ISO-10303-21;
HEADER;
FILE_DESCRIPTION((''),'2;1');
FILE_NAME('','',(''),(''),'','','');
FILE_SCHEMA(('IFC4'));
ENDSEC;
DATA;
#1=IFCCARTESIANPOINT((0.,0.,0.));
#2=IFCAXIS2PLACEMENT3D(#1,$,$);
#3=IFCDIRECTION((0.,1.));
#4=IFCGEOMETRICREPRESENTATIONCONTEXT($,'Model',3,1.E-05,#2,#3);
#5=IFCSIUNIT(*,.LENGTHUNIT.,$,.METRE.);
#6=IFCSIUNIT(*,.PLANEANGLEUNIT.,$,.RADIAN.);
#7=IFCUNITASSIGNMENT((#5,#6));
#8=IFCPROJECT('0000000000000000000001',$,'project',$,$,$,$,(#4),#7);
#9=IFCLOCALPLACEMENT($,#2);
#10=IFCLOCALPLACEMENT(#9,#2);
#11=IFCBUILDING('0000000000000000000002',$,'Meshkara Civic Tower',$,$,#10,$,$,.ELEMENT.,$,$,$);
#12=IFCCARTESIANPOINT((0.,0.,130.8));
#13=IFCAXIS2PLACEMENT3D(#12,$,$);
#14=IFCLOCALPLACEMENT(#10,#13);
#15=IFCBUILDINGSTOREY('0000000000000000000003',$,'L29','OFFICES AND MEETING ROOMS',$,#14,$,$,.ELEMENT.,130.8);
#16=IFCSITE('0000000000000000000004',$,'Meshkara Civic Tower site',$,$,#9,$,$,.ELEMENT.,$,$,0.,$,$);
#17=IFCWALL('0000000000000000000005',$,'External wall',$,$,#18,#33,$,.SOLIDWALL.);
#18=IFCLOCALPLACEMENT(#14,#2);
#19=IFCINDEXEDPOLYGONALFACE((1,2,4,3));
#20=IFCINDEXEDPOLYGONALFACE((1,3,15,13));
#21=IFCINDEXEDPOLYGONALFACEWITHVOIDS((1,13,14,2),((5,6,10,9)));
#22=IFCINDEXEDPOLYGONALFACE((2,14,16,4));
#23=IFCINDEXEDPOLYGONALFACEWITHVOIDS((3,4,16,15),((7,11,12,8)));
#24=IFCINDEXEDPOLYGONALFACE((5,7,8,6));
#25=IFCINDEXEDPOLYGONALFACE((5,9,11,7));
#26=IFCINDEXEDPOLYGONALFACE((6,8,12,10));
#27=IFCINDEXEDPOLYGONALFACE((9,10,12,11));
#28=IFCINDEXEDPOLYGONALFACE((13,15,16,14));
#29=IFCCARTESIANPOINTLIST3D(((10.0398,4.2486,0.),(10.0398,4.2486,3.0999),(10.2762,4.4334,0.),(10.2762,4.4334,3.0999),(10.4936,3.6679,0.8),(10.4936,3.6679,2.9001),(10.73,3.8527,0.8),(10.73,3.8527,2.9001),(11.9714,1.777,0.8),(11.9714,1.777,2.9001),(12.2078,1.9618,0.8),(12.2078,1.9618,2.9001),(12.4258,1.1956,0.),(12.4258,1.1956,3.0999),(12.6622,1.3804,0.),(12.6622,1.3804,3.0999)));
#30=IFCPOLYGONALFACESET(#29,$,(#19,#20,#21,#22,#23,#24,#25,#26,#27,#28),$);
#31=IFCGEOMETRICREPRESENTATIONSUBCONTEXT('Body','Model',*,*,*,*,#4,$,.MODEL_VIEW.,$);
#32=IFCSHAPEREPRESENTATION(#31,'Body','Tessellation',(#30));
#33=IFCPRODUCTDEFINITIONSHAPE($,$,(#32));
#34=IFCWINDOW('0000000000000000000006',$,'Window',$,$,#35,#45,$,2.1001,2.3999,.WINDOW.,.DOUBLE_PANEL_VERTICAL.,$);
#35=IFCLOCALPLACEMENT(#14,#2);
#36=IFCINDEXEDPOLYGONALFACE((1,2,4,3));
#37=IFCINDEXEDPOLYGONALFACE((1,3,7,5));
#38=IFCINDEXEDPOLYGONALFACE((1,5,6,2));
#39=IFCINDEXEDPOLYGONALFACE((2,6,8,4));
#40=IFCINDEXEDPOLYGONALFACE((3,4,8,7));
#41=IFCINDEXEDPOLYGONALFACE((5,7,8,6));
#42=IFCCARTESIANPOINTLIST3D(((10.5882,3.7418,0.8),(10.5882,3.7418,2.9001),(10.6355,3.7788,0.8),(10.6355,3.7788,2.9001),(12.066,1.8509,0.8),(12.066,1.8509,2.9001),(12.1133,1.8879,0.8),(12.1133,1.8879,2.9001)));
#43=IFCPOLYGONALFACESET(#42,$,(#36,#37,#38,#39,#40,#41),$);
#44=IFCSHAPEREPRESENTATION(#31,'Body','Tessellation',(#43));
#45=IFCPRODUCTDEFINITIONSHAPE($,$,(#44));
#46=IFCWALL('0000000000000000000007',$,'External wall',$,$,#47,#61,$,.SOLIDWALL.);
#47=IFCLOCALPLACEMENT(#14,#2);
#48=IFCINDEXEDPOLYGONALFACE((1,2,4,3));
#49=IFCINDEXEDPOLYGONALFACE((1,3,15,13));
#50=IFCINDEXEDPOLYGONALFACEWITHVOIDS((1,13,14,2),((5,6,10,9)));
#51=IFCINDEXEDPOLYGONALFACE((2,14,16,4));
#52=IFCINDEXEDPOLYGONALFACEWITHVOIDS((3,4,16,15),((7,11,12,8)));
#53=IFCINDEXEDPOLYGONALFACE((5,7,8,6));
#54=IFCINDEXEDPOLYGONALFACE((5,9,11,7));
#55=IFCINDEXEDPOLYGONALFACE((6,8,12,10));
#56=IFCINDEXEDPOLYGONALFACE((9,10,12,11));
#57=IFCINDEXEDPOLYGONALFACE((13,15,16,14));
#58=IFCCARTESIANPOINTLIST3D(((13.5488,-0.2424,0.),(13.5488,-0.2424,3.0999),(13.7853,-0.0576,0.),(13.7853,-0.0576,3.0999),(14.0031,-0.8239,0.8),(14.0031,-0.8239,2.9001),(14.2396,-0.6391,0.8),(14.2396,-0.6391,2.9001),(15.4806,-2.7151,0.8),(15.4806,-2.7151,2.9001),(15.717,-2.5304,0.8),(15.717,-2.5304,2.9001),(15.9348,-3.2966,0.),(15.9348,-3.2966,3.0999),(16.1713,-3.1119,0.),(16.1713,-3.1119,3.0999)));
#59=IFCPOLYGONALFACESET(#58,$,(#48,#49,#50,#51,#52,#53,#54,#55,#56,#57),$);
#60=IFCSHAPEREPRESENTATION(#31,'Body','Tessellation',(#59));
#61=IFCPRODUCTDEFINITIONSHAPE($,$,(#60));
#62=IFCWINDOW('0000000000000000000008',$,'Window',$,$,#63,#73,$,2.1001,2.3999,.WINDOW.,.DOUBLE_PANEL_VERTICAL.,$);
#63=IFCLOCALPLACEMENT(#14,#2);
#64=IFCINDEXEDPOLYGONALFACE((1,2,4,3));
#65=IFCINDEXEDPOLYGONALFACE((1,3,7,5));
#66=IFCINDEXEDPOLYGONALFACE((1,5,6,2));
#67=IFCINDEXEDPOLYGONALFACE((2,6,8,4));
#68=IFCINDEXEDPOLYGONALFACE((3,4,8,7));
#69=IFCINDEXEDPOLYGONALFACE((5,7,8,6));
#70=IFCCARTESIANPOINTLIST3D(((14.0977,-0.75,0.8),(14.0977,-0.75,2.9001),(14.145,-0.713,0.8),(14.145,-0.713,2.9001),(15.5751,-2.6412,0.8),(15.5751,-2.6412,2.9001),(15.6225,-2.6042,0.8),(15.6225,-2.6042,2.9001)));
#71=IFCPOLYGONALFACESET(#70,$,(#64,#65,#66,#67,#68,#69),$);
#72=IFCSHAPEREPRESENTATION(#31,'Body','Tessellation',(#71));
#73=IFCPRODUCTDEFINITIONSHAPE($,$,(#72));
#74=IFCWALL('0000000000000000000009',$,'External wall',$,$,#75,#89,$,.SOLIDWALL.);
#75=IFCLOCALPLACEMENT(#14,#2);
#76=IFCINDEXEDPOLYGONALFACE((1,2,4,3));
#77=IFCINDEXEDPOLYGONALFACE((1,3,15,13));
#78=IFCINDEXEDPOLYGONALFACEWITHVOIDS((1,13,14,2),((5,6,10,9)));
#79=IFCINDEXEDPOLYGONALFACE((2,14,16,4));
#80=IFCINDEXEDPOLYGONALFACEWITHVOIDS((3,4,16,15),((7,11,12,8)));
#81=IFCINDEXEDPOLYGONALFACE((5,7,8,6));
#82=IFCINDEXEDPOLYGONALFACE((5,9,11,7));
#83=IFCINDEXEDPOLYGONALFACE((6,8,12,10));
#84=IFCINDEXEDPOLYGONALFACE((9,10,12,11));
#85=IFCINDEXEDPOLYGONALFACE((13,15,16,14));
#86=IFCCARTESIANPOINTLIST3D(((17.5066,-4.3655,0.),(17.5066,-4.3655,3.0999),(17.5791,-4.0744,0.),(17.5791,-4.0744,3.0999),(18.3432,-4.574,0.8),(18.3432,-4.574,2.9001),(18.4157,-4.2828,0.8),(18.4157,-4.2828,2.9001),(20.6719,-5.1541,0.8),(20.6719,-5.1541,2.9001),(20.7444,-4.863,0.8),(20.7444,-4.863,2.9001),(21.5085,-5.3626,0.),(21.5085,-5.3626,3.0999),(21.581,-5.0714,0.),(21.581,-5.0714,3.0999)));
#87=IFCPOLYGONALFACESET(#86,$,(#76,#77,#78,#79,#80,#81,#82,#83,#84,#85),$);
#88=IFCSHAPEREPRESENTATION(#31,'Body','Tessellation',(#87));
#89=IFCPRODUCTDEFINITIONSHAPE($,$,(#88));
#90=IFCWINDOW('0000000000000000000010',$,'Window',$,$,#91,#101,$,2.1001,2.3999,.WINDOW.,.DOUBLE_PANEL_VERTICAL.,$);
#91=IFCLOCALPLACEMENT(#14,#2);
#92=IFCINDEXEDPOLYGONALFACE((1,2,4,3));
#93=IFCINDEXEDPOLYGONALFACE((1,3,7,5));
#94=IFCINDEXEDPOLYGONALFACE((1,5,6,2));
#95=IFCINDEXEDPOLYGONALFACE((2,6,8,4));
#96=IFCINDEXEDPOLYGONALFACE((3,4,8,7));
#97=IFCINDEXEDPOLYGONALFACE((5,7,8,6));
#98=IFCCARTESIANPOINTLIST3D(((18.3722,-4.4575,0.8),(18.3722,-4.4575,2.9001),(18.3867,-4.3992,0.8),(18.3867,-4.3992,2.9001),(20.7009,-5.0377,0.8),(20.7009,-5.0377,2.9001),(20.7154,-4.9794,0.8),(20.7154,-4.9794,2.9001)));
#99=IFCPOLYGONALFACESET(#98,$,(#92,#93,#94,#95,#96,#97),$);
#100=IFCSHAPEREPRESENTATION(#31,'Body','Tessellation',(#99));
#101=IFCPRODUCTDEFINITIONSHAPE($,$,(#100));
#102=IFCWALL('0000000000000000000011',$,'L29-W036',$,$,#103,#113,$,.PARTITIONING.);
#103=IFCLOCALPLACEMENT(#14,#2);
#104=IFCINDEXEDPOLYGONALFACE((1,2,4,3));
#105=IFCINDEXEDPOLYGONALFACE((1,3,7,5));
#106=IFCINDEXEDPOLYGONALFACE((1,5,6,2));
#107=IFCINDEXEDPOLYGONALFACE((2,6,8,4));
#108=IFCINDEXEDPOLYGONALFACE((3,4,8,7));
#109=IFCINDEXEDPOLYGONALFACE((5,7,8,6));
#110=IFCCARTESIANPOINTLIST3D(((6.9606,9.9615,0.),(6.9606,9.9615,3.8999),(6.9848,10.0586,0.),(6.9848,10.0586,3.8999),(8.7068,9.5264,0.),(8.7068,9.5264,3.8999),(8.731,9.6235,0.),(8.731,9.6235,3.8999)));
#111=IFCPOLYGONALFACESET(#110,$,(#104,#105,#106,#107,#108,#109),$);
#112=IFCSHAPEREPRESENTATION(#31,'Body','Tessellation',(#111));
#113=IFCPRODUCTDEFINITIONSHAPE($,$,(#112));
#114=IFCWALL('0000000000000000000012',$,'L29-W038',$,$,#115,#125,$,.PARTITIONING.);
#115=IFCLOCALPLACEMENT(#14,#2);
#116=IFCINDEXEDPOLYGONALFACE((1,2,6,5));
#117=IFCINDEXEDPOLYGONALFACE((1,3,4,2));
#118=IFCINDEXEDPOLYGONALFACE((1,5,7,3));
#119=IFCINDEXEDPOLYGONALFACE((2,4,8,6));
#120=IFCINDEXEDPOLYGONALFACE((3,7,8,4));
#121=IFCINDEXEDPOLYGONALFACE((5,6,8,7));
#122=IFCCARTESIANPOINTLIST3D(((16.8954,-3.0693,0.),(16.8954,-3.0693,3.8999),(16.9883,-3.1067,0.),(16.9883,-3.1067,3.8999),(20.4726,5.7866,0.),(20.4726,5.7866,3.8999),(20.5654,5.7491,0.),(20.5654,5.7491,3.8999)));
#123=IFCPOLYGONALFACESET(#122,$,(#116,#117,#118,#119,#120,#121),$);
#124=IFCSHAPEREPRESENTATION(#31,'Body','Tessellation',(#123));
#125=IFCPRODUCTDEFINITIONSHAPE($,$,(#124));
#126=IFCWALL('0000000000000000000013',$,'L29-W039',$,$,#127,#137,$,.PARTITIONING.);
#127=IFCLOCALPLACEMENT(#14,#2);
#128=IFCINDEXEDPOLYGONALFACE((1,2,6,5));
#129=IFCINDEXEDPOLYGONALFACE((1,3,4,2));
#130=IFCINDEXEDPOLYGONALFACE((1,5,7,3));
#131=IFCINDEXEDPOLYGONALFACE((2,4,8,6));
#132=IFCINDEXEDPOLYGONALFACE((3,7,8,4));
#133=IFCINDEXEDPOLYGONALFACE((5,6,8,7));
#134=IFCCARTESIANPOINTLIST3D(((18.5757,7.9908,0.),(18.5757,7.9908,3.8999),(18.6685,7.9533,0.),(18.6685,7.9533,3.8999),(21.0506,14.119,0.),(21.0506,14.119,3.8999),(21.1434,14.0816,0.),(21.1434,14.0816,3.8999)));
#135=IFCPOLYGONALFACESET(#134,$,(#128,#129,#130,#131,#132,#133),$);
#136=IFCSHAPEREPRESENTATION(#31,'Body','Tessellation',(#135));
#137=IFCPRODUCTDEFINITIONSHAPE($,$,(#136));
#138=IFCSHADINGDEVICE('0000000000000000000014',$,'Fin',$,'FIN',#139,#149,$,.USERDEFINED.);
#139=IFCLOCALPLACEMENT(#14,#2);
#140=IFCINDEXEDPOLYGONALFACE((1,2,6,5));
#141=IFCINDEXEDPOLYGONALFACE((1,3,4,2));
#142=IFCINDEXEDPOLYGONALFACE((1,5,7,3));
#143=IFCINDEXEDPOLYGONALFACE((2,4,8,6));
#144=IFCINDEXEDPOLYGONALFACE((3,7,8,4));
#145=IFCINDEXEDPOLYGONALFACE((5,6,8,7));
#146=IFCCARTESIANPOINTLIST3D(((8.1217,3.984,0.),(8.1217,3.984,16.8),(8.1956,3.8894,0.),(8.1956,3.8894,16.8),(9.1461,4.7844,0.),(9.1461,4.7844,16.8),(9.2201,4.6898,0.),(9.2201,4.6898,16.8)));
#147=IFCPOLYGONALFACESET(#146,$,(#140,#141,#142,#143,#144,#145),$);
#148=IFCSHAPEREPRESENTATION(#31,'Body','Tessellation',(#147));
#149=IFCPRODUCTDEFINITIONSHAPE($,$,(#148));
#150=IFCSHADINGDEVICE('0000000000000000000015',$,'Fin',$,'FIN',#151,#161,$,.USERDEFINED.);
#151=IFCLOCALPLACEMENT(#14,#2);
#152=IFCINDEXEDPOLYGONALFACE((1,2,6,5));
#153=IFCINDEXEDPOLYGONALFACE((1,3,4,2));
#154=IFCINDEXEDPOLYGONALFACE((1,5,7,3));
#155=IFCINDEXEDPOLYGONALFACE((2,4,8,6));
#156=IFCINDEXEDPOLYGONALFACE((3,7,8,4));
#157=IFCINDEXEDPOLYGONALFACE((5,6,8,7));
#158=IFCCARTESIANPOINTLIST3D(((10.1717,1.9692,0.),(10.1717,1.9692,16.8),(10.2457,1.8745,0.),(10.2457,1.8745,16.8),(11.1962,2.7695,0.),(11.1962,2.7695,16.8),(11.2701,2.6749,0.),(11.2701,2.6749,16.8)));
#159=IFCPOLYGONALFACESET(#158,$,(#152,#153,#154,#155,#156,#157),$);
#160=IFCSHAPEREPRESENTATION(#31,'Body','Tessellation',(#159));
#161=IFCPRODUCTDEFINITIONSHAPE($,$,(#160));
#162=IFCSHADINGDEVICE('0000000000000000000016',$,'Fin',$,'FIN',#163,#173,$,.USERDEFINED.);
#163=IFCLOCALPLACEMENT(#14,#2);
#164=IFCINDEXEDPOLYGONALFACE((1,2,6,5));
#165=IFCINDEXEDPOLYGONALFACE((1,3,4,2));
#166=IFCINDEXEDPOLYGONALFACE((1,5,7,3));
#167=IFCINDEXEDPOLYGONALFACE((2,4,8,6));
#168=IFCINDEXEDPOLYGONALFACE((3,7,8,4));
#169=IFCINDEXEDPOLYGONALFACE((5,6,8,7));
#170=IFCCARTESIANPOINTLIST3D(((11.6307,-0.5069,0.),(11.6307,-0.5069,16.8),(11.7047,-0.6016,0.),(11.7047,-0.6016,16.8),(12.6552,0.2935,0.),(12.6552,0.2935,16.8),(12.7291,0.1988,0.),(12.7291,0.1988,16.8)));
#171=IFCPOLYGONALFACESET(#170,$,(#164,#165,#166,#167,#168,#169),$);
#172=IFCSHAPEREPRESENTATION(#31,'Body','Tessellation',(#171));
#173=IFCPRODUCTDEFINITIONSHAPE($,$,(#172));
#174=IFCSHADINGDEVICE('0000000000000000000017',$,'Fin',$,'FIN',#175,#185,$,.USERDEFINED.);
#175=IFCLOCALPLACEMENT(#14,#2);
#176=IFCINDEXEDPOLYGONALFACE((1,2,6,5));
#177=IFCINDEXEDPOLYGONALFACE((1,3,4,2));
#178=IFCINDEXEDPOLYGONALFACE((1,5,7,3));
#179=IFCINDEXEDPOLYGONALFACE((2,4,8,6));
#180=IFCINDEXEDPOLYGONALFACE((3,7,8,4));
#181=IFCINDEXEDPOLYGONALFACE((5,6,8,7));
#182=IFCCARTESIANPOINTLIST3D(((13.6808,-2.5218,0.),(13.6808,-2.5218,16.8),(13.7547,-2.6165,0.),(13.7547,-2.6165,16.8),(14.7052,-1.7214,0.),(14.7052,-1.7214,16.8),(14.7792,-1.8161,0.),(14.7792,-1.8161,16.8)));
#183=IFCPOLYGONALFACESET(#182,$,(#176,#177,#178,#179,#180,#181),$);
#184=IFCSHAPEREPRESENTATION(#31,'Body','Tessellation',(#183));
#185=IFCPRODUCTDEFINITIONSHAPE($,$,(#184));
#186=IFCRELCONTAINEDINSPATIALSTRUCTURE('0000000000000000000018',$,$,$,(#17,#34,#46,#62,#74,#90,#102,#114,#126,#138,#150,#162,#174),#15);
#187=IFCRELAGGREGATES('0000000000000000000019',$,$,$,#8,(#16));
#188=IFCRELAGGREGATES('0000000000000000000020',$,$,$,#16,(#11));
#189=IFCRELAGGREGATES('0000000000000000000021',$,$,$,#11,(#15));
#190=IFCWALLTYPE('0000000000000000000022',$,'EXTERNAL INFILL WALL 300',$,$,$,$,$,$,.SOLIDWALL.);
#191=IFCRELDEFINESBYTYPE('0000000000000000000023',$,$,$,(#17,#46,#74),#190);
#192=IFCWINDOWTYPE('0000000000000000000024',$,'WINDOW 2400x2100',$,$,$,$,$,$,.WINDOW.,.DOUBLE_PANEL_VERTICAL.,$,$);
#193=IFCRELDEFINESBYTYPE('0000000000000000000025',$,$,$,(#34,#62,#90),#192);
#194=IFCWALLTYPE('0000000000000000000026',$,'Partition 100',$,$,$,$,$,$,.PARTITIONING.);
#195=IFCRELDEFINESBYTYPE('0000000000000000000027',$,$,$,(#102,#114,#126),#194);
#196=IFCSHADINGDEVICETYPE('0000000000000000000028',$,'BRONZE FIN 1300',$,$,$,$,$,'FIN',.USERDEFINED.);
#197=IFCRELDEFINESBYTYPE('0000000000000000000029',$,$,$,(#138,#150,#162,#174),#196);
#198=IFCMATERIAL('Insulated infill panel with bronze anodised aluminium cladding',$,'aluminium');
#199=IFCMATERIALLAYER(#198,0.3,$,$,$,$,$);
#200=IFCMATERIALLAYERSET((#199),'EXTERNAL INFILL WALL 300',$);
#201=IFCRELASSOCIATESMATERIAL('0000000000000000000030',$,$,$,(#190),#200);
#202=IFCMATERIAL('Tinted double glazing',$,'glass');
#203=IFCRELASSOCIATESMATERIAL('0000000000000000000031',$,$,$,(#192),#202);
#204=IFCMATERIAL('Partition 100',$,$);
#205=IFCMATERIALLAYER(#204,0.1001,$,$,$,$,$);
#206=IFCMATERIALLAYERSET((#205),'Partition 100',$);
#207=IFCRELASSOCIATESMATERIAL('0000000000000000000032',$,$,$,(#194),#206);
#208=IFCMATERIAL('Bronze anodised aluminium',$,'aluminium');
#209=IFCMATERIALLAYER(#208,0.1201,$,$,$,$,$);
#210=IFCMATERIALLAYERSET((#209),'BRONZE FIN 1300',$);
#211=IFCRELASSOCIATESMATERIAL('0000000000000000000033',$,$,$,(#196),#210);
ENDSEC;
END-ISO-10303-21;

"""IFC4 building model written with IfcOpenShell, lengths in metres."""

from ifc_helpers import new_model, si_unit, direction, frame, frame_2d, origin, origin_2d, place, context, subcontext, project, spatial, rectangle, extrude, material, layer, layer_set, type_object, element, fill, save


model = new_model("IFC4")

# Units and contexts
model_context = context("Model", 3, precision=1e-05, world=origin(), true_north=direction((0.0, 1.0)))
body_context = subcontext(model_context, "Body", "Model", "MODEL_VIEW")
ifc_project = project(units=[si_unit("LENGTHUNIT", "METRE"), si_unit("PLANEANGLEUNIT", "RADIAN")], contexts=[model_context])

# Site, building, storey
site_placement = place(None, origin())
site = spatial("IfcSite", under=ifc_project, at=site_placement, Name="Meshkara Civic Tower site", CompositionType="ELEMENT", RefElevation=0.0)
building_placement = place(site_placement, origin())
building = spatial("IfcBuilding", under=site, at=building_placement, Name="Meshkara Civic Tower", CompositionType="ELEMENT")
storey_placement = place(building_placement, frame((0.0, 0.0, 130.8)))
storey = spatial("IfcBuildingStorey", under=building, at=storey_placement, Name="L29", Description="OFFICES AND MEETING ROOMS", CompositionType="ELEMENT", Elevation=130.8)

# Walls, openings, windows
ifc_material_1 = material(Name="Insulated infill panel with bronze anodised aluminium cladding", Category="aluminium")
ifc_layer_1 = layer(ifc_material_1, 0.3)
ifc_layer_set_1 = layer_set([ifc_layer_1], Name="EXTERNAL INFILL WALL 300")
wall_type_1 = type_object("IfcWallType", Name="EXTERNAL INFILL WALL 300", PredefinedType="SOLIDWALL", material=ifc_layer_set_1)
wall_1_placement = place(storey_placement, frame((10.158, 4.3411, 0.0), z_axis=(0.0, 0.0, 1.0), x_axis=(0.61578, -0.787918, 0.0)))
wall_1 = element("IfcWall", 1, at=wall_1_placement, inside=storey, type_object=wall_type_1, Name="External wall", PredefinedType="SOLIDWALL", context=body_context, shape_type="SweptSolid", body=[
    extrude(rectangle(XDim=3.8748, YDim=0.3, at=frame_2d((1.9375, 0.0))), origin(), (0.0, 0.0, 1.0), 3.0999),
])
opening_1_placement = place(wall_1_placement, frame((0.7371, 0.0, 0.8)))
opening_1 = element("IfcOpeningElement", 2, at=opening_1_placement, cuts=wall_1, PredefinedType="OPENING", context=body_context, shape_type="SweptSolid", body=[
    extrude(rectangle(XDim=2.3999, YDim=2.1001, at=frame_2d((1.2, 1.05))), frame((0.0, 0.1599, 0.0), z_axis=(0.0, -1.0, 0.0), x_axis=(1.0, 0.0, 0.0)), (0.0, 0.0, 1.0), 0.3201),
])
ifc_material_2 = material(Name="Tinted double glazing", Category="glass")
window_type = type_object("IfcWindowType", Name="WINDOW 2400x2100", PartitioningType="DOUBLE_PANEL_VERTICAL", PredefinedType="WINDOW", material=ifc_material_2)
window_1_placement = place(opening_1_placement, origin())
window_1 = element("IfcWindow", 3, at=window_1_placement, inside=storey, type_object=window_type, Name="Window", OverallHeight=2.1001, OverallWidth=2.3999, PartitioningType="DOUBLE_PANEL_VERTICAL", PredefinedType="WINDOW", context=body_context, shape_type="SweptSolid", body=[
    extrude(rectangle(XDim=2.3999, YDim=2.1001, at=frame_2d((1.2, 1.05))), frame((0.0, 0.03, 0.0), z_axis=(0.0, -1.0, 0.0), x_axis=(1.0, 0.0, 0.0)), (0.0, 0.0, 1.0), 0.0601),
])
fill(opening_1, window_1)
wall_2_placement = place(storey_placement, frame((13.667, -0.1499, 0.0), z_axis=(0.0, 0.0, 1.0), x_axis=(0.615627, -0.788038, 0.0)))
wall_2 = element("IfcWall", 4, at=wall_2_placement, inside=storey, type_object=wall_type_1, Name="External wall", PredefinedType="SOLIDWALL", context=body_context, shape_type="SweptSolid", body=[
    extrude(rectangle(XDim=3.8757, YDim=0.3, at=frame_2d((1.938, 0.0))), origin(), (0.0, 0.0, 1.0), 3.0999),
])
opening_2_placement = place(wall_2_placement, frame((0.738, 0.0, 0.8)))
opening_2 = element("IfcOpeningElement", 5, at=opening_2_placement, cuts=wall_2, PredefinedType="OPENING", context=body_context, shape_type="SweptSolid", body=[
    extrude(rectangle(XDim=2.3999, YDim=2.1001, at=frame_2d((1.2, 1.05))), frame((0.0, 0.1599, 0.0), z_axis=(0.0, -1.0, 0.0), x_axis=(1.0, 0.0, 0.0)), (0.0, 0.0, 1.0), 0.3201),
])
window_2_placement = place(opening_2_placement, origin())
window_2 = element("IfcWindow", 6, at=window_2_placement, inside=storey, type_object=window_type, Name="Window", OverallHeight=2.1001, OverallWidth=2.3999, PartitioningType="DOUBLE_PANEL_VERTICAL", PredefinedType="WINDOW", context=body_context, shape_type="SweptSolid", body=[
    extrude(rectangle(XDim=2.3999, YDim=2.1001, at=frame_2d((1.2, 1.05))), frame((0.0, 0.03, 0.0), z_axis=(0.0, -1.0, 0.0), x_axis=(1.0, 0.0, 0.0)), (0.0, 0.0, 1.0), 0.0601),
])
fill(opening_2, window_2)
wall_3_placement = place(storey_placement, frame((17.543, -4.22, 0.0), z_axis=(0.0, 0.0, 1.0), x_axis=(0.970337, -0.241756, 0.0)))
wall_3 = element("IfcWall", 7, at=wall_3_placement, inside=storey, type_object=wall_type_1, Name="External wall", PredefinedType="SOLIDWALL", context=body_context, shape_type="SweptSolid", body=[
    extrude(rectangle(XDim=4.1243, YDim=0.3, at=frame_2d((2.062, 0.0))), origin(), (0.0, 0.0, 1.0), 3.0999),
])
opening_3_placement = place(wall_3_placement, frame((0.8621, 0.0, 0.8)))
opening_3 = element("IfcOpeningElement", 8, at=opening_3_placement, cuts=wall_3, PredefinedType="OPENING", context=body_context, shape_type="SweptSolid", body=[
    extrude(rectangle(XDim=2.3999, YDim=2.1001, at=frame_2d((1.2, 1.05))), frame((0.0, 0.1599, 0.0), z_axis=(0.0, -1.0, 0.0), x_axis=(1.0, 0.0, 0.0)), (0.0, 0.0, 1.0), 0.3201),
])
window_3_placement = place(opening_3_placement, origin())
window_3 = element("IfcWindow", 9, at=window_3_placement, inside=storey, type_object=window_type, Name="Window", OverallHeight=2.1001, OverallWidth=2.3999, PartitioningType="DOUBLE_PANEL_VERTICAL", PredefinedType="WINDOW", context=body_context, shape_type="SweptSolid", body=[
    extrude(rectangle(XDim=2.3999, YDim=2.1001, at=frame_2d((1.2, 1.05))), frame((0.0, 0.03, 0.0), z_axis=(0.0, -1.0, 0.0), x_axis=(1.0, 0.0, 0.0)), (0.0, 0.0, 1.0), 0.0601),
])
fill(opening_3, window_3)

# Walls
ifc_material_3 = material(Name="Partition 100")
ifc_layer_2 = layer(ifc_material_3, 0.1001)
ifc_layer_set_2 = layer_set([ifc_layer_2], Name="Partition 100")
wall_type_2 = type_object("IfcWallType", Name="Partition 100", PredefinedType="PARTITIONING", material=ifc_layer_set_2)
wall_4_placement = place(storey_placement, frame((8.719, 9.575, 0.0), z_axis=(0.0, 0.0, 1.0), x_axis=(-0.970334, 0.241769, 0.0)))
element("IfcWall", 10, at=wall_4_placement, inside=storey, type_object=wall_type_2, Name="L29-W036", PredefinedType="PARTITIONING", context=body_context, shape_type="SweptSolid", body=[
    extrude(rectangle(XDim=1.7996, YDim=0.1001, at=frame_2d((0.8999, 0.0))), origin(), (0.0, 0.0, 1.0), 3.8999),
])
wall_5_placement = place(storey_placement, frame((16.9419, -3.0879, 0.0), z_axis=(0.0, 0.0, 1.0), x_axis=(0.374526, 0.927216, 0.0)))
element("IfcWall", 11, at=wall_5_placement, inside=storey, type_object=wall_type_2, Name="L29-W038", PredefinedType="PARTITIONING", context=body_context, shape_type="SweptSolid", body=[
    extrude(rectangle(XDim=9.551, YDim=0.1001, at=frame_2d((4.7754, 0.0))), origin(), (0.0, 0.0, 1.0), 3.8999),
])
wall_6_placement = place(storey_placement, frame((18.6221, 7.9719, 0.0), z_axis=(0.0, 0.0, 1.0), x_axis=(0.374465, 0.927241, 0.0)))
element("IfcWall", 12, at=wall_6_placement, inside=storey, type_object=wall_type_2, Name="L29-W039", PredefinedType="PARTITIONING", context=body_context, shape_type="SweptSolid", body=[
    extrude(rectangle(XDim=6.6091, YDim=0.1001, at=frame_2d((3.3047, 0.0))), origin(), (0.0, 0.0, 1.0), 3.8999),
])

# Shading devices
ifc_material_4 = material(Name="Bronze anodised aluminium", Category="aluminium")
ifc_layer_3 = layer(ifc_material_4, 0.1201)
ifc_layer_set_3 = layer_set([ifc_layer_3], Name="BRONZE FIN 1300")
shading_device_type = type_object("IfcShadingDeviceType", Name="BRONZE FIN 1300", ElementType="FIN", PredefinedType="USERDEFINED", material=ifc_layer_set_3)
for number, where, z_axis, x_axis, name in (
    (13, (8.6709, 4.3369, 0.0), (0.0, 0.0, 1.0), (0.615661, -0.788011, 0.0), "Fin"),
    (14, (10.7209, 2.322, 0.0), (0.0, 0.0, 1.0), (0.615661, -0.788011, 0.0), "Fin"),
    (15, (12.1799, -0.1541, 0.0), (0.0, 0.0, 1.0), (0.615661, -0.788011, 0.0), "Fin"),
    (16, (14.23, -2.1689, 0.0), (0.0, 0.0, 1.0), (0.615661, -0.788011, 0.0), "Fin"),
):
    element("IfcShadingDevice", number, at=place(storey_placement, frame(where, z_axis=z_axis, x_axis=x_axis)), inside=storey, type_object=shading_device_type, Name=name, ObjectType="FIN", PredefinedType="USERDEFINED", context=body_context, shape_type="SweptSolid", body=[
        extrude(rectangle(XDim=0.1201, YDim=1.3, at=origin_2d()), origin(), (0.0, 0.0, 1.0), 16.8),
    ])

save(model, "model.ifc")
